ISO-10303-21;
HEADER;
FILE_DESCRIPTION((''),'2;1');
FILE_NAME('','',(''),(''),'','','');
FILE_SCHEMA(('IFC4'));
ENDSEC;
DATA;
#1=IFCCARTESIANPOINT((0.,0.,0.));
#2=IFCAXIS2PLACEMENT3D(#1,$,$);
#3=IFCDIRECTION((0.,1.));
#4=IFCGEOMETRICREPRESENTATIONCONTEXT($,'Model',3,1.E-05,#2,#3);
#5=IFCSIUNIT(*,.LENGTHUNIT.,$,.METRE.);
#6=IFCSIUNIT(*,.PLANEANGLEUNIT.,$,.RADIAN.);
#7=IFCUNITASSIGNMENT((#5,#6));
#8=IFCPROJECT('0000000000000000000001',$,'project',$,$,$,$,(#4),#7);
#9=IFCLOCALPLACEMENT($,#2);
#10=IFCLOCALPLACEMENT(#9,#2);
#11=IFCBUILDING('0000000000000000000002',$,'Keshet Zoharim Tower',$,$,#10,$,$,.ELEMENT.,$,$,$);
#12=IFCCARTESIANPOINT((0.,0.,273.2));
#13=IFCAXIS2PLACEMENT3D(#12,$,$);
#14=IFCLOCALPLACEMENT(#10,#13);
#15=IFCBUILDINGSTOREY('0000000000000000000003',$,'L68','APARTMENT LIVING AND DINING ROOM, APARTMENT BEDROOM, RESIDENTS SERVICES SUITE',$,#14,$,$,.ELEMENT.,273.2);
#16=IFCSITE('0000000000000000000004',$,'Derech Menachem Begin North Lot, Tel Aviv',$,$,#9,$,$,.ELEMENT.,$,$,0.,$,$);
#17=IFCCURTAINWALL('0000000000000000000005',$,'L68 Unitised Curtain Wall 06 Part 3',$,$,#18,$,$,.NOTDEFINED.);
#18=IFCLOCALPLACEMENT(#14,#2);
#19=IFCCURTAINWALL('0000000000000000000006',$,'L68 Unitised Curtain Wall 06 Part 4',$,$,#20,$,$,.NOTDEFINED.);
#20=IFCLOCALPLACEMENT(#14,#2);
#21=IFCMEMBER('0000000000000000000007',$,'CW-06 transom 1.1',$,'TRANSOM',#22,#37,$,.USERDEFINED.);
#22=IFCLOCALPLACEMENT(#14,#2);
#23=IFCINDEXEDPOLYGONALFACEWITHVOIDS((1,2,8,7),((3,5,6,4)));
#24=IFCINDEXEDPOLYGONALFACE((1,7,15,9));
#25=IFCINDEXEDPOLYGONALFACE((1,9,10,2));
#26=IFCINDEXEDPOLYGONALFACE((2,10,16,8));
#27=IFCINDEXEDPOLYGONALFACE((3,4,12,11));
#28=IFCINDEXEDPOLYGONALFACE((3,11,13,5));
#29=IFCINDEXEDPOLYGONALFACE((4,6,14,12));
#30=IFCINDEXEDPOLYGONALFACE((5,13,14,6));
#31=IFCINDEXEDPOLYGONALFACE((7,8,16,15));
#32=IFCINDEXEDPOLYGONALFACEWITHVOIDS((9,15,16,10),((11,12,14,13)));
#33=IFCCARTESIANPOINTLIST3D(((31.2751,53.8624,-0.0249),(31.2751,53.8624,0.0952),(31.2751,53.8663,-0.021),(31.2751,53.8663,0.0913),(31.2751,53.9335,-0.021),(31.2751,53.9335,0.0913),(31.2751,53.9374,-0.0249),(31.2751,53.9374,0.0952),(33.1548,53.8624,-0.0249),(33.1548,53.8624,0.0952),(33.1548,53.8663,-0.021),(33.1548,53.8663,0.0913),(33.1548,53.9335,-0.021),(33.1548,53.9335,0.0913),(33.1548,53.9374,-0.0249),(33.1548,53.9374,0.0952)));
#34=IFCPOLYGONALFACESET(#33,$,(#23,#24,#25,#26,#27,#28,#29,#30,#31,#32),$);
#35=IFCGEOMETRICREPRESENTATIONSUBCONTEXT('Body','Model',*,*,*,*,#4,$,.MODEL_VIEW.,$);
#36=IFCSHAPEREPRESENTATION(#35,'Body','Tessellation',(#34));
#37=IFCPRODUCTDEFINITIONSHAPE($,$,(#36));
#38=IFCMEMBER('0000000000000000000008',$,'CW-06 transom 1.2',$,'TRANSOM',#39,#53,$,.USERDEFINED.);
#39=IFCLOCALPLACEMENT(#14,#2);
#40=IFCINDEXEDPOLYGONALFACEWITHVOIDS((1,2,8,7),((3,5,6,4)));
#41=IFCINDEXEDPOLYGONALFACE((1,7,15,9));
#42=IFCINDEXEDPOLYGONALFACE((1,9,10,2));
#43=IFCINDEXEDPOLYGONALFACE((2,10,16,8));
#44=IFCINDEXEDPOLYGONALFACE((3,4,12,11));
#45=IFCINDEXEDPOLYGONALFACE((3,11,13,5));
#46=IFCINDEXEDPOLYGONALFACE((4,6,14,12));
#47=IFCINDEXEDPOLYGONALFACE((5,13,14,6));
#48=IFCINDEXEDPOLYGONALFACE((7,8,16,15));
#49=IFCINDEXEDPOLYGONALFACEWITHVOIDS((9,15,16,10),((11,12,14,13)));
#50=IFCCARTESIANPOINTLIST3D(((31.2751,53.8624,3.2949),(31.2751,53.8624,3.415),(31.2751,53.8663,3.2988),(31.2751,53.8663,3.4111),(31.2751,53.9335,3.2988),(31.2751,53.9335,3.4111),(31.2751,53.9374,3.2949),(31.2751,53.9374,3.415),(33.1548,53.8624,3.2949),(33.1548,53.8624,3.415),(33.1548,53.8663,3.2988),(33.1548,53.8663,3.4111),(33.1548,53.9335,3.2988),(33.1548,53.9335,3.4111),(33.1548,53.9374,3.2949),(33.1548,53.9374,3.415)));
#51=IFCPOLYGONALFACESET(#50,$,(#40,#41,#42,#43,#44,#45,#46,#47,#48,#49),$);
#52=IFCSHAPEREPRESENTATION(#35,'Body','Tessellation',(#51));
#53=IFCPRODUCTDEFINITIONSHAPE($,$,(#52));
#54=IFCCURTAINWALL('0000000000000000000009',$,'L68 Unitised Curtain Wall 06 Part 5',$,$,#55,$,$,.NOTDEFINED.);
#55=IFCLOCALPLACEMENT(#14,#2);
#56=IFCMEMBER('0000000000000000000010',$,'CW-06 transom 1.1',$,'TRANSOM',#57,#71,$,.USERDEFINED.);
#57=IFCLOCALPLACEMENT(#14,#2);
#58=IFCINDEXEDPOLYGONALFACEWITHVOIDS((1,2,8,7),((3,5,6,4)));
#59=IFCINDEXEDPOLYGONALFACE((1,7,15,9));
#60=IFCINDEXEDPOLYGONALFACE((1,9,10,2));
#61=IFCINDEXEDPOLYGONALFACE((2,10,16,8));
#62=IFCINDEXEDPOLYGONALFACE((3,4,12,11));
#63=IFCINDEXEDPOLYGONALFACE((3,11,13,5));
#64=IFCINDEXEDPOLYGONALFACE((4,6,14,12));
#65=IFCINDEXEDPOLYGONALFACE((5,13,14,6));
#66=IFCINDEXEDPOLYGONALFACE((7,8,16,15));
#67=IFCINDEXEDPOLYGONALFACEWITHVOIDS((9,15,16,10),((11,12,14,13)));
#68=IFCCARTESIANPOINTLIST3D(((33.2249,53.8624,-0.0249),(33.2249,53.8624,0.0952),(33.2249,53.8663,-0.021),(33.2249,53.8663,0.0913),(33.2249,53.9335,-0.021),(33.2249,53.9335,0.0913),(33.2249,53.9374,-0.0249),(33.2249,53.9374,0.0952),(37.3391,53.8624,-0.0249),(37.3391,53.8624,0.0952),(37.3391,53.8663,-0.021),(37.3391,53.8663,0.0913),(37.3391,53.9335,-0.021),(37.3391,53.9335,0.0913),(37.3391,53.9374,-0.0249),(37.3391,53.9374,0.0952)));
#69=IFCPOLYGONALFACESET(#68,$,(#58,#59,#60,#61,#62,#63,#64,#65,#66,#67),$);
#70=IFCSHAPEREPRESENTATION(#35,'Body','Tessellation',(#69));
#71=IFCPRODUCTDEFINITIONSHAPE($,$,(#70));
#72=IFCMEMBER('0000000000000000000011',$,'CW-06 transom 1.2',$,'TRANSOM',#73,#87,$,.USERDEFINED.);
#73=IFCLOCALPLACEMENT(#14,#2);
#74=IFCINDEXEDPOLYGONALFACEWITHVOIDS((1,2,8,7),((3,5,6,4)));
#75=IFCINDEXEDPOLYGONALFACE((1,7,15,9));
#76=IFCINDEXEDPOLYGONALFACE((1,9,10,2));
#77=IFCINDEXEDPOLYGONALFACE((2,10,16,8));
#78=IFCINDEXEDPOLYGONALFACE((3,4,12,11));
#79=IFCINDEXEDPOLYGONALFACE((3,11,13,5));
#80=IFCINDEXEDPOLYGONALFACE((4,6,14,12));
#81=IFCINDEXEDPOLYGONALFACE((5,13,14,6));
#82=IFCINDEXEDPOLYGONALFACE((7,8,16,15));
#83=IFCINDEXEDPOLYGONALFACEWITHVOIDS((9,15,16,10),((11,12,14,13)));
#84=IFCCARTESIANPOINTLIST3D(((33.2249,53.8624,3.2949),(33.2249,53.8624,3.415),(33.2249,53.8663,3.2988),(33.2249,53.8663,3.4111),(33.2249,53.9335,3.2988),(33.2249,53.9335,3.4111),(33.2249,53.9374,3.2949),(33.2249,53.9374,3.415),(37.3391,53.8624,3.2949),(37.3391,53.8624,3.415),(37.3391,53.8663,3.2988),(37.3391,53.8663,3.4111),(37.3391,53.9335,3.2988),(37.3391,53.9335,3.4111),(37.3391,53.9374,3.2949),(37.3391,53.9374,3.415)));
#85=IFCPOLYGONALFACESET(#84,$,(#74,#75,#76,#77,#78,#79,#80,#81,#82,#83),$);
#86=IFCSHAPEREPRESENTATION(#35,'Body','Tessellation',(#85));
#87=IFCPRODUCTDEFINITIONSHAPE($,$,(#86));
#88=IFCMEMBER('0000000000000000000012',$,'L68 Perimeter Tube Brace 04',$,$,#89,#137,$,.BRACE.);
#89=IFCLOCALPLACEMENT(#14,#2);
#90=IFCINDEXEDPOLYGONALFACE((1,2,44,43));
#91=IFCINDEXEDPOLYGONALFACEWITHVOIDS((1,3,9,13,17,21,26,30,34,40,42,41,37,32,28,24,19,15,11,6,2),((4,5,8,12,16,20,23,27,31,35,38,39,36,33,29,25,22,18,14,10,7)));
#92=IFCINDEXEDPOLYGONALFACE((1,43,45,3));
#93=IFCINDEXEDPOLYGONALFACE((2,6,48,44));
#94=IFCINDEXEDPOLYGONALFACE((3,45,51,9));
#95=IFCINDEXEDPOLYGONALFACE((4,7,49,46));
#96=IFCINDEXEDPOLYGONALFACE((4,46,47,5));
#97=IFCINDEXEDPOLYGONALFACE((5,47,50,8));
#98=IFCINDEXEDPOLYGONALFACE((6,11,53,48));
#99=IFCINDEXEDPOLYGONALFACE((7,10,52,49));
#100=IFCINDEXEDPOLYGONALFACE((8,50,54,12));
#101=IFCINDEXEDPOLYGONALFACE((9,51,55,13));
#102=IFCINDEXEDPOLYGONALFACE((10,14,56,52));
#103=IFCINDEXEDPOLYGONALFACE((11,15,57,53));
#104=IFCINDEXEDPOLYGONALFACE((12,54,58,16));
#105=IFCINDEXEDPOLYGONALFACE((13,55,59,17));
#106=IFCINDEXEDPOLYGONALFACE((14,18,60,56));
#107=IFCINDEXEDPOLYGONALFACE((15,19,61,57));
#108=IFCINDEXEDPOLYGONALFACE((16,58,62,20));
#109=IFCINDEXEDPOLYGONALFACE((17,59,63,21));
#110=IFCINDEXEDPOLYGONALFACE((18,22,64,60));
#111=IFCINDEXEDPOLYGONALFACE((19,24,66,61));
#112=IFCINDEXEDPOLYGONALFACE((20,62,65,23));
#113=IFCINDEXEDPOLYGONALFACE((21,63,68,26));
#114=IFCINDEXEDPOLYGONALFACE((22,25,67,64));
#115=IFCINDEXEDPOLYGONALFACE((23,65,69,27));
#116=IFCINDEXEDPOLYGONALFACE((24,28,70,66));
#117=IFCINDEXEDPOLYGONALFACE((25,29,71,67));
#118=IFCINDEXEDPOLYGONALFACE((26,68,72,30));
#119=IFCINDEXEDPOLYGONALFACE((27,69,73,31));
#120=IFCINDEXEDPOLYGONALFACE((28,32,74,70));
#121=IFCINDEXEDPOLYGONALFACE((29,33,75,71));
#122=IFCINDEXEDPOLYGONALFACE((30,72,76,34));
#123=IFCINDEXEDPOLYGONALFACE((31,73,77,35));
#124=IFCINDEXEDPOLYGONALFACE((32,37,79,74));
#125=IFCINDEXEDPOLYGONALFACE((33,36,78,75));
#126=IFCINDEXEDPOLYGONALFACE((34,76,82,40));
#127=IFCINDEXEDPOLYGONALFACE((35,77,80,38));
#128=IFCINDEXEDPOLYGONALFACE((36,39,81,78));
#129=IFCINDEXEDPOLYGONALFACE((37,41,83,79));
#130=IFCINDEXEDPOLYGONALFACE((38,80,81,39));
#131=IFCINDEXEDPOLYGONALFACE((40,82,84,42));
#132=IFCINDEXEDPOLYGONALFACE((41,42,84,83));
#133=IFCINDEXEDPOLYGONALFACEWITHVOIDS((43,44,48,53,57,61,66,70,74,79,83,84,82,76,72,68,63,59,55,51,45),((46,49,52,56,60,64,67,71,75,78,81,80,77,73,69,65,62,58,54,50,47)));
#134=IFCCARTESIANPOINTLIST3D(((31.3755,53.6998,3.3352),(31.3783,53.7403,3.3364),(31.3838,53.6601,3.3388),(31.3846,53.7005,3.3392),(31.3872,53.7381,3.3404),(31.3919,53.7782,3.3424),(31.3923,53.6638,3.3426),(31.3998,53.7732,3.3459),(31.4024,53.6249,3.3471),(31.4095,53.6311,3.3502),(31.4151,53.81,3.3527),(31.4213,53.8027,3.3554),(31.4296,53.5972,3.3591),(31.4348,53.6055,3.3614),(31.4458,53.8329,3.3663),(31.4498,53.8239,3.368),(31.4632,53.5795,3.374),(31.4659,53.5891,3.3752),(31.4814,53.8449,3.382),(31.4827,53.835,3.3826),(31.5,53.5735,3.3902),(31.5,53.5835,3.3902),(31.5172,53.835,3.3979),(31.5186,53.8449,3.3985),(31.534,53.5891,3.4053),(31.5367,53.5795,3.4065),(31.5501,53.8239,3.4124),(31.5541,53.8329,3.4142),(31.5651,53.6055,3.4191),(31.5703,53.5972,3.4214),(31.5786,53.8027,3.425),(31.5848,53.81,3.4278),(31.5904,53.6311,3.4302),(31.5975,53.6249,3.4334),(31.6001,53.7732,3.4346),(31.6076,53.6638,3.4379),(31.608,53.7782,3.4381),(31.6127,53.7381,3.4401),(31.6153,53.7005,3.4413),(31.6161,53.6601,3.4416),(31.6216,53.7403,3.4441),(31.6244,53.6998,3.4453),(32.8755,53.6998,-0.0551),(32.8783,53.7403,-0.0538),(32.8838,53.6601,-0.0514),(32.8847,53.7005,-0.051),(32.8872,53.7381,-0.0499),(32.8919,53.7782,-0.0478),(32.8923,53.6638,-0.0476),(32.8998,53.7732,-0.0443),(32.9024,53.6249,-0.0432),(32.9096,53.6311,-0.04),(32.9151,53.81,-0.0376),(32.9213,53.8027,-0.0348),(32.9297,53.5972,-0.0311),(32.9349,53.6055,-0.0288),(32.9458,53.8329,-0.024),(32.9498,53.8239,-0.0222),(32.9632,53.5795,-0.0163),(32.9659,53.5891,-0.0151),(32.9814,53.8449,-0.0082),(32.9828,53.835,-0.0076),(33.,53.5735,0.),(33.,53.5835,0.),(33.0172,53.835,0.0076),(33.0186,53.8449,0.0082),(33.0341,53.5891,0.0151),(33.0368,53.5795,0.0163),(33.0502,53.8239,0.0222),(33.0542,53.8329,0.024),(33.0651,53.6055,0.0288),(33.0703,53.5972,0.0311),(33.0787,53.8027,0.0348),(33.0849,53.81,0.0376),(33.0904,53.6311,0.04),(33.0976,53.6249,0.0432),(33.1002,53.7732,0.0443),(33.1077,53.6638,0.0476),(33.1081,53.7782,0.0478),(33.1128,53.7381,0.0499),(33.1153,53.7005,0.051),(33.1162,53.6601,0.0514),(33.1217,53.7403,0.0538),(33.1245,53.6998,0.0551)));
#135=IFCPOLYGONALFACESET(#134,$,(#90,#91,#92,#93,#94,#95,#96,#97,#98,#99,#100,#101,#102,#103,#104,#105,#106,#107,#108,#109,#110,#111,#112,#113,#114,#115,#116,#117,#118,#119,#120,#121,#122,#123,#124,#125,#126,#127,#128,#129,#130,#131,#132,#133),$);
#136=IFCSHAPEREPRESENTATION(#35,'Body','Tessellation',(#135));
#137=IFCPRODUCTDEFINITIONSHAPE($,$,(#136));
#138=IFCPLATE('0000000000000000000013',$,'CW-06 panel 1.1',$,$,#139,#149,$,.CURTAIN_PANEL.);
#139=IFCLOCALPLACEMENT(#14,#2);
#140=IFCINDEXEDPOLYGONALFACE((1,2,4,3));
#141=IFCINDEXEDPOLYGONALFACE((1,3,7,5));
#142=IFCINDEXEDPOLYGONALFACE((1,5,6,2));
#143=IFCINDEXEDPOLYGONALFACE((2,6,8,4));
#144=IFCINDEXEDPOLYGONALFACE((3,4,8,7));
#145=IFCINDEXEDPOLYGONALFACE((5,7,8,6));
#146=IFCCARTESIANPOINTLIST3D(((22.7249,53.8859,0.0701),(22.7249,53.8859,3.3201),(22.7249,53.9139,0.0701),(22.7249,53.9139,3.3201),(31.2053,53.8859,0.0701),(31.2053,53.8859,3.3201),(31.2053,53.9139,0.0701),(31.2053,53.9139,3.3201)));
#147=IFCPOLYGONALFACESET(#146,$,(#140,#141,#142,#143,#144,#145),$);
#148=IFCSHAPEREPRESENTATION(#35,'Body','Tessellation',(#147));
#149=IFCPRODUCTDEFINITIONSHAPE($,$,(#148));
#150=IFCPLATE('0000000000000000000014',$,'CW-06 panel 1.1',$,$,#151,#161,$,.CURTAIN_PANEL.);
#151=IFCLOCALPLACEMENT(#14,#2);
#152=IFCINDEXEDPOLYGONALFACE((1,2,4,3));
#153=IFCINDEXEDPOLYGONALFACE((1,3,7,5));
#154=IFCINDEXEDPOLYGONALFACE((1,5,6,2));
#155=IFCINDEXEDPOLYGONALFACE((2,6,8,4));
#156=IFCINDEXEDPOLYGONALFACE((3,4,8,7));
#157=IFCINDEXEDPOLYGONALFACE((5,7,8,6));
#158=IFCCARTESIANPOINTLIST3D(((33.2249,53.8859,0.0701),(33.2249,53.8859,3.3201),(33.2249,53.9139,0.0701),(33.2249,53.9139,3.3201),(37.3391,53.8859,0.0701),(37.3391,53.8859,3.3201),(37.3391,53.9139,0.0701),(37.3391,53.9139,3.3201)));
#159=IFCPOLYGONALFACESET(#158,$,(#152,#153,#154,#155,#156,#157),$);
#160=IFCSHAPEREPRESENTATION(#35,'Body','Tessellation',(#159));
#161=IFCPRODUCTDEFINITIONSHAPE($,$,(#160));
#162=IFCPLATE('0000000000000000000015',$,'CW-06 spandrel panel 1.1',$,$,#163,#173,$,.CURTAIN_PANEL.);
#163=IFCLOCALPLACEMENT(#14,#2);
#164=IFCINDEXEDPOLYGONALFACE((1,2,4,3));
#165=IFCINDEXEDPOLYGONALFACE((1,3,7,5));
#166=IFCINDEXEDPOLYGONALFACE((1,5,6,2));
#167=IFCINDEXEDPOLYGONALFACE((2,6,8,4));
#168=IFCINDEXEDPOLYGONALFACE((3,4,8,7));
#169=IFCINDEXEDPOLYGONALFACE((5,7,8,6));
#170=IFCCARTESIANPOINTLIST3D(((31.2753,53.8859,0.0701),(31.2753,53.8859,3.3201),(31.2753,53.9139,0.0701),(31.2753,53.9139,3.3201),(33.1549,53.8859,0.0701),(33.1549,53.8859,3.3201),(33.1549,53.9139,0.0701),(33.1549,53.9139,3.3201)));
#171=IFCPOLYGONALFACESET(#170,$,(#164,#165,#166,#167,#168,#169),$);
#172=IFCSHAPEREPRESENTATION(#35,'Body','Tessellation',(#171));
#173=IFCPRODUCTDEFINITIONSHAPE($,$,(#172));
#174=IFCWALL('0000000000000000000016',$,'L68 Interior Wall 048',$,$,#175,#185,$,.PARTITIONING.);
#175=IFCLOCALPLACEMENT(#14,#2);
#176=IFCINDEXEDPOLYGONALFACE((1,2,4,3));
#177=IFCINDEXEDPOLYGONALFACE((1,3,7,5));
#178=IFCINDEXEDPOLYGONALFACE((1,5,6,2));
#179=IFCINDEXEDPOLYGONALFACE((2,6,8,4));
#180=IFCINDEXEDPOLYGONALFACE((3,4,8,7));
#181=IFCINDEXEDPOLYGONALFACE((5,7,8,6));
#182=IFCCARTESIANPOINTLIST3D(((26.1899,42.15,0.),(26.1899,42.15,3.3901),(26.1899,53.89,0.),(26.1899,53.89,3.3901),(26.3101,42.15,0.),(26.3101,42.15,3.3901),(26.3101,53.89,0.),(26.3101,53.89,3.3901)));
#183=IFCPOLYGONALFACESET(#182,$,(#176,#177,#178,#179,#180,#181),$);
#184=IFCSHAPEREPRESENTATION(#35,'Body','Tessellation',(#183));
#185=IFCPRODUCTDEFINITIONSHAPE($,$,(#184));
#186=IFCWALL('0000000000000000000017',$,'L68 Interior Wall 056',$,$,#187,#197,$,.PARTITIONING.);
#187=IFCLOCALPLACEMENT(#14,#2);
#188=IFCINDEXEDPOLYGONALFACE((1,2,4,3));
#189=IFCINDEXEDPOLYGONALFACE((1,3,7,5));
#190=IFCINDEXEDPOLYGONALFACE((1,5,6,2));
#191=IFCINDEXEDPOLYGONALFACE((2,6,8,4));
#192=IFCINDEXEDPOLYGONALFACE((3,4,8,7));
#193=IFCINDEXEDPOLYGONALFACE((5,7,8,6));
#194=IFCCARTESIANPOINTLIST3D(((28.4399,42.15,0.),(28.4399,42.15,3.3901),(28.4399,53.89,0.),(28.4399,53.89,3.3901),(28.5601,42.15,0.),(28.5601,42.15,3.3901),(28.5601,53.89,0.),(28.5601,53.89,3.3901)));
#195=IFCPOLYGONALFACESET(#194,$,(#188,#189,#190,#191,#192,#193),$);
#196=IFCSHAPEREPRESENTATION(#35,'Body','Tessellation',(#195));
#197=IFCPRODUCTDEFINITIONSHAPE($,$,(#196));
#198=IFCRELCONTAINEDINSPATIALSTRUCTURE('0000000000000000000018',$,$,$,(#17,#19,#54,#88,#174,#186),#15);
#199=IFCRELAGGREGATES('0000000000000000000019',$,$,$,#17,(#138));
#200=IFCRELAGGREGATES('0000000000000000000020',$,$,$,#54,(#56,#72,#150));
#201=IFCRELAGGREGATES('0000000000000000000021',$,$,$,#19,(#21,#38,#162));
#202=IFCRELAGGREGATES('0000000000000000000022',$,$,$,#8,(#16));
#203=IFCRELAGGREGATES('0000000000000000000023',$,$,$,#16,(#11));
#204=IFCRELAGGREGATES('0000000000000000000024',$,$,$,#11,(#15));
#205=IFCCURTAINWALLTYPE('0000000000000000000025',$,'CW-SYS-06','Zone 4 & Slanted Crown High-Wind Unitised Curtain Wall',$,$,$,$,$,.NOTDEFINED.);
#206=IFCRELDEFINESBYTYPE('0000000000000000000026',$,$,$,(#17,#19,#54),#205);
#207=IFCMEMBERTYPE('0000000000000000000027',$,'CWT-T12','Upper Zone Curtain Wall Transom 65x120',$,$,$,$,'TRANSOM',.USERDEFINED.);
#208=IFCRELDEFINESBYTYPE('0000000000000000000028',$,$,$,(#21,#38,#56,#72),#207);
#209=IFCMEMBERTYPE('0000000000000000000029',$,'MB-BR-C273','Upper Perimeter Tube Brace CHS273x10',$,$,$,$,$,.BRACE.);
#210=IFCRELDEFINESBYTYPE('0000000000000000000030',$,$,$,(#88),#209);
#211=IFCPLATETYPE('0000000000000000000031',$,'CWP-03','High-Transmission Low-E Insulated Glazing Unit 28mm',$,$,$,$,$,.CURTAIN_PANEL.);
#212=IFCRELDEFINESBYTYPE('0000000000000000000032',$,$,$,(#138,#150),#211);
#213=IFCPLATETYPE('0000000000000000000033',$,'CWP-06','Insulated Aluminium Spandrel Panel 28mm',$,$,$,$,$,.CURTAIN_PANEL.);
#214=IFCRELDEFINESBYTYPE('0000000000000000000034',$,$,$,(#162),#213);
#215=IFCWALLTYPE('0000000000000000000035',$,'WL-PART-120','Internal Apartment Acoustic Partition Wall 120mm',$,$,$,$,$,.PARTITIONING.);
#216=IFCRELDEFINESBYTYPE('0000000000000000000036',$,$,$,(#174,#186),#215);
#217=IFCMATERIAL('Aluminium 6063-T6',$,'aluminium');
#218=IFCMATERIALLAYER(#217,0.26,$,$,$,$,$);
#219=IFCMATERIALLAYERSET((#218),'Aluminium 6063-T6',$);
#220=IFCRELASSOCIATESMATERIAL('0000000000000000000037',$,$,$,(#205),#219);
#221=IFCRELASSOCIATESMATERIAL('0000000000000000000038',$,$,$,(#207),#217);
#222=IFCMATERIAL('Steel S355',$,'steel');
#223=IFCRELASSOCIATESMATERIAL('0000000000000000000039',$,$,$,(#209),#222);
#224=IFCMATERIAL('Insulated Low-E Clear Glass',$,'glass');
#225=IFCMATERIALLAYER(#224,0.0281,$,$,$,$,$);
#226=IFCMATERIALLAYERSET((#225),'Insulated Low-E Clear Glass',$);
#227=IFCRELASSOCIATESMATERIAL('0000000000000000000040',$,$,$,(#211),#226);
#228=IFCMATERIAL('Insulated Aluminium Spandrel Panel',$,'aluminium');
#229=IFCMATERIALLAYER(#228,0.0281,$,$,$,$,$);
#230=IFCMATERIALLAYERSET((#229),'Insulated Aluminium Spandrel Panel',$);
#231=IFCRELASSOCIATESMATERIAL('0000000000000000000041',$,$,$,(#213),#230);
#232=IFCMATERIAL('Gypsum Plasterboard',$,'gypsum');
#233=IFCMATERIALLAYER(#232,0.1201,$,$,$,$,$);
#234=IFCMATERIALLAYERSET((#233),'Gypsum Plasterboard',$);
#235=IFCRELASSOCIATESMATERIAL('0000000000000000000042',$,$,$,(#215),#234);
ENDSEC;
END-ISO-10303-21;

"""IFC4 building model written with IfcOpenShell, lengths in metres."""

from ifc_helpers import new_model, si_unit, direction, frame, frame_2d, origin, origin_2d, place, context, subcontext, project, spatial, rectangle, hollow_rectangle, hollow_circle, extrude, material, layer, layer_set, material_profile, profile_set, type_object, element, aggregate, save


model = new_model("IFC4")

# Units and contexts
model_context = context("Model", 3, precision=1e-05, world=origin(), true_north=direction((0.0, 1.0)))
body_context = subcontext(model_context, "Body", "Model", "MODEL_VIEW")
ifc_project = project(units=[si_unit("LENGTHUNIT", "METRE"), si_unit("PLANEANGLEUNIT", "RADIAN")], contexts=[model_context])

# Site, building, storey
site_placement = place(None, origin())
site = spatial("IfcSite", under=ifc_project, at=site_placement, Name="Derech Menachem Begin North Lot, Tel Aviv", CompositionType="ELEMENT", RefElevation=0.0)
building_placement = place(site_placement, origin())
building = spatial("IfcBuilding", under=site, at=building_placement, Name="Keshet Zoharim Tower", CompositionType="ELEMENT")
storey_placement = place(building_placement, frame((0.0, 0.0, 273.2)))
storey = spatial("IfcBuildingStorey", under=building, at=storey_placement, Name="L68", Description="APARTMENT LIVING AND DINING ROOM, APARTMENT BEDROOM, RESIDENTS SERVICES SUITE", CompositionType="ELEMENT", Elevation=273.2)

# Shared definitions
ifc_material_1 = material(Name="Steel S355", Category="steel")

# Curtain wall
ifc_material_2 = material(Name="Aluminium 6063-T6", Category="aluminium")
ifc_layer_1 = layer(ifc_material_2, 0.26)
ifc_layer_set_1 = layer_set([ifc_layer_1], Name="Aluminium 6063-T6")
curtain_wall_type = type_object("IfcCurtainWallType", Name="CW-SYS-06", Description="Zone 4 & Slanted Crown High-Wind Unitised Curtain Wall", PredefinedType="NOTDEFINED", material=ifc_layer_set_1)
curtain_wall_1_placement = place(storey_placement, origin())
curtain_wall_1 = element("IfcCurtainWall", 1, at=curtain_wall_1_placement, inside=storey, type_object=curtain_wall_type, Name="L68 Unitised Curtain Wall 06 Part 3", PredefinedType="NOTDEFINED")

# Curtain walls, members
curtain_wall_2_placement = place(storey_placement, origin())
curtain_wall_2 = element("IfcCurtainWall", 2, at=curtain_wall_2_placement, inside=storey, type_object=curtain_wall_type, Name="L68 Unitised Curtain Wall 06 Part 4", PredefinedType="NOTDEFINED")
ifc_material_profile_1 = material_profile(ifc_material_2, hollow_rectangle(XDim=0.075, YDim=0.1201, WallThickness=0.0039, at=origin_2d()), Name="TRN-75x120")
ifc_profile_set_1 = profile_set([ifc_material_profile_1], Name="Aluminium 6063-T6")
member_type_1 = type_object("IfcMemberType", Name="CWT-T12", Description="Upper Zone Curtain Wall Transom 65x120", ElementType="TRANSOM", PredefinedType="USERDEFINED", material=ifc_profile_set_1)
member_1_placement = place(storey_placement, frame((31.2751, 53.8999, 0.0352), z_axis=(1.0, 0.0, 0.0), x_axis=(0.0, 1.0, 0.0)))
member_1 = element("IfcMember", 3, at=member_1_placement, type_object=member_type_1, Name="CW-06 transom 1.1", ObjectType="TRANSOM", PredefinedType="USERDEFINED", context=body_context, shape_type="SweptSolid", body=[
    extrude(hollow_rectangle(XDim=0.075, YDim=0.1201, WallThickness=0.0039, at=origin_2d()), origin(), (0.0, 0.0, 1.0), 1.8796),
])
member_2_placement = place(storey_placement, frame((31.2751, 53.8999, 3.355), z_axis=(1.0, 0.0, 0.0), x_axis=(0.0, 1.0, 0.0)))
member_2 = element("IfcMember", 4, at=member_2_placement, type_object=member_type_1, Name="CW-06 transom 1.2", ObjectType="TRANSOM", PredefinedType="USERDEFINED", context=body_context, shape_type="SweptSolid", body=[
    extrude(hollow_rectangle(XDim=0.075, YDim=0.1201, WallThickness=0.0039, at=origin_2d()), origin(), (0.0, 0.0, 1.0), 1.8796),
])
curtain_wall_3_placement = place(storey_placement, origin())
curtain_wall_3 = element("IfcCurtainWall", 5, at=curtain_wall_3_placement, inside=storey, type_object=curtain_wall_type, Name="L68 Unitised Curtain Wall 06 Part 5", PredefinedType="NOTDEFINED")
member_3_placement = place(storey_placement, frame((33.2249, 53.8999, 0.0352), z_axis=(1.0, 0.0, 0.0), x_axis=(0.0, 1.0, 0.0)))
member_3 = element("IfcMember", 6, at=member_3_placement, type_object=member_type_1, Name="CW-06 transom 1.1", ObjectType="TRANSOM", PredefinedType="USERDEFINED", context=body_context, shape_type="SweptSolid", body=[
    extrude(hollow_rectangle(XDim=0.075, YDim=0.1201, WallThickness=0.0039, at=origin_2d()), origin(), (0.0, 0.0, 1.0), 4.1143),
])
member_4_placement = place(storey_placement, frame((33.2249, 53.8999, 3.355), z_axis=(1.0, 0.0, 0.0), x_axis=(0.0, 1.0, 0.0)))
member_4 = element("IfcMember", 7, at=member_4_placement, type_object=member_type_1, Name="CW-06 transom 1.2", ObjectType="TRANSOM", PredefinedType="USERDEFINED", context=body_context, shape_type="SweptSolid", body=[
    extrude(hollow_rectangle(XDim=0.075, YDim=0.1201, WallThickness=0.0039, at=origin_2d()), origin(), (0.0, 0.0, 1.0), 4.1143),
])

# Member
ifc_material_profile_2 = material_profile(ifc_material_1, hollow_circle(Radius=0.1365, WallThickness=0.01, at=origin_2d()), Name="CHS273x10")
ifc_profile_set_2 = profile_set([ifc_material_profile_2], Name="Steel S355")
member_type_2 = type_object("IfcMemberType", Name="MB-BR-C273", Description="Upper Perimeter Tube Brace CHS273x10", PredefinedType="BRACE", material=ifc_profile_set_2)
member_5_placement = place(storey_placement, frame((33.0, 53.71, 0.0), z_axis=(-0.404623, 0.0, 0.914484), x_axis=(0.0, -1.0, 0.0)))
element("IfcMember", 8, at=member_5_placement, inside=storey, type_object=member_type_2, Name="L68 Perimeter Tube Brace 04", PredefinedType="BRACE", context=body_context, shape_type="SweptSolid", body=[
    extrude(hollow_circle(Radius=0.1365, WallThickness=0.01, at=origin_2d()), origin(), (0.0, 0.0, 1.0), 3.7073),
])

# Plates
ifc_material_3 = material(Name="Insulated Low-E Clear Glass", Category="glass")
ifc_layer_2 = layer(ifc_material_3, 0.0281)
ifc_layer_set_2 = layer_set([ifc_layer_2], Name="Insulated Low-E Clear Glass")
plate_type_1 = type_object("IfcPlateType", Name="CWP-03", Description="High-Transmission Low-E Insulated Glazing Unit 28mm", PredefinedType="CURTAIN_PANEL", material=ifc_layer_set_2)
plate_1_placement = place(storey_placement, frame((26.9651, 53.8999, 0.0701), z_axis=(0.0, 0.0, 1.0), x_axis=(1.0, 0.0, 0.0)))
plate_1 = element("IfcPlate", 9, at=plate_1_placement, type_object=plate_type_1, Name="CW-06 panel 1.1", PredefinedType="CURTAIN_PANEL", context=body_context, shape_type="SweptSolid", body=[
    extrude(rectangle(XDim=8.4805, YDim=0.0281, at=origin_2d()), origin(), (0.0, 0.0, 1.0), 3.25),
])
aggregate(curtain_wall_1, [plate_1])
plate_2_placement = place(storey_placement, frame((35.282, 53.8999, 0.0701), z_axis=(0.0, 0.0, 1.0), x_axis=(1.0, 0.0, 0.0)))
plate_2 = element("IfcPlate", 10, at=plate_2_placement, type_object=plate_type_1, Name="CW-06 panel 1.1", PredefinedType="CURTAIN_PANEL", context=body_context, shape_type="SweptSolid", body=[
    extrude(rectangle(XDim=4.1143, YDim=0.0281, at=origin_2d()), origin(), (0.0, 0.0, 1.0), 3.25),
])
aggregate(curtain_wall_3, [member_3, member_4, plate_2])
ifc_material_4 = material(Name="Insulated Aluminium Spandrel Panel", Category="aluminium")
ifc_layer_3 = layer(ifc_material_4, 0.0281)
ifc_layer_set_3 = layer_set([ifc_layer_3], Name="Insulated Aluminium Spandrel Panel")
plate_type_2 = type_object("IfcPlateType", Name="CWP-06", Description="Insulated Aluminium Spandrel Panel 28mm", PredefinedType="CURTAIN_PANEL", material=ifc_layer_set_3)
plate_3_placement = place(storey_placement, frame((32.2151, 53.8999, 0.0701), z_axis=(0.0, 0.0, 1.0), x_axis=(1.0, 0.0, 0.0)))
plate_3 = element("IfcPlate", 11, at=plate_3_placement, type_object=plate_type_2, Name="CW-06 spandrel panel 1.1", PredefinedType="CURTAIN_PANEL", context=body_context, shape_type="SweptSolid", body=[
    extrude(rectangle(XDim=1.8796, YDim=0.0281, at=origin_2d()), origin(), (0.0, 0.0, 1.0), 3.25),
])
aggregate(curtain_wall_2, [member_1, member_2, plate_3])

# Walls
ifc_material_5 = material(Name="Gypsum Plasterboard", Category="gypsum")
ifc_layer_4 = layer(ifc_material_5, 0.1201)
ifc_layer_set_4 = layer_set([ifc_layer_4], Name="Gypsum Plasterboard")
wall_type_1 = type_object("IfcWallType", Name="WL-PART-120", Description="Internal Apartment Acoustic Partition Wall 120mm", PredefinedType="PARTITIONING", material=ifc_layer_set_4)
for number, where, z_axis, x_axis, name in (
    (12, (26.25, 42.1499, 0.0), (0.0, 0.0, 1.0), (0.0, 1.0, 0.0), "L68 Interior Wall 048"),
    (13, (28.5, 42.1499, 0.0), (0.0, 0.0, 1.0), (0.0, 1.0, 0.0), "L68 Interior Wall 056"),
):
    element("IfcWall", number, at=place(storey_placement, frame(where, z_axis=z_axis, x_axis=x_axis)), inside=storey, type_object=wall_type_1, Name=name, PredefinedType="PARTITIONING", context=body_context, shape_type="SweptSolid", body=[
        extrude(rectangle(XDim=11.74, YDim=0.1201, at=frame_2d((5.8701, 0.0))), origin(), (0.0, 0.0, 1.0), 3.3901),
    ])

save(model, "model.ifc")
